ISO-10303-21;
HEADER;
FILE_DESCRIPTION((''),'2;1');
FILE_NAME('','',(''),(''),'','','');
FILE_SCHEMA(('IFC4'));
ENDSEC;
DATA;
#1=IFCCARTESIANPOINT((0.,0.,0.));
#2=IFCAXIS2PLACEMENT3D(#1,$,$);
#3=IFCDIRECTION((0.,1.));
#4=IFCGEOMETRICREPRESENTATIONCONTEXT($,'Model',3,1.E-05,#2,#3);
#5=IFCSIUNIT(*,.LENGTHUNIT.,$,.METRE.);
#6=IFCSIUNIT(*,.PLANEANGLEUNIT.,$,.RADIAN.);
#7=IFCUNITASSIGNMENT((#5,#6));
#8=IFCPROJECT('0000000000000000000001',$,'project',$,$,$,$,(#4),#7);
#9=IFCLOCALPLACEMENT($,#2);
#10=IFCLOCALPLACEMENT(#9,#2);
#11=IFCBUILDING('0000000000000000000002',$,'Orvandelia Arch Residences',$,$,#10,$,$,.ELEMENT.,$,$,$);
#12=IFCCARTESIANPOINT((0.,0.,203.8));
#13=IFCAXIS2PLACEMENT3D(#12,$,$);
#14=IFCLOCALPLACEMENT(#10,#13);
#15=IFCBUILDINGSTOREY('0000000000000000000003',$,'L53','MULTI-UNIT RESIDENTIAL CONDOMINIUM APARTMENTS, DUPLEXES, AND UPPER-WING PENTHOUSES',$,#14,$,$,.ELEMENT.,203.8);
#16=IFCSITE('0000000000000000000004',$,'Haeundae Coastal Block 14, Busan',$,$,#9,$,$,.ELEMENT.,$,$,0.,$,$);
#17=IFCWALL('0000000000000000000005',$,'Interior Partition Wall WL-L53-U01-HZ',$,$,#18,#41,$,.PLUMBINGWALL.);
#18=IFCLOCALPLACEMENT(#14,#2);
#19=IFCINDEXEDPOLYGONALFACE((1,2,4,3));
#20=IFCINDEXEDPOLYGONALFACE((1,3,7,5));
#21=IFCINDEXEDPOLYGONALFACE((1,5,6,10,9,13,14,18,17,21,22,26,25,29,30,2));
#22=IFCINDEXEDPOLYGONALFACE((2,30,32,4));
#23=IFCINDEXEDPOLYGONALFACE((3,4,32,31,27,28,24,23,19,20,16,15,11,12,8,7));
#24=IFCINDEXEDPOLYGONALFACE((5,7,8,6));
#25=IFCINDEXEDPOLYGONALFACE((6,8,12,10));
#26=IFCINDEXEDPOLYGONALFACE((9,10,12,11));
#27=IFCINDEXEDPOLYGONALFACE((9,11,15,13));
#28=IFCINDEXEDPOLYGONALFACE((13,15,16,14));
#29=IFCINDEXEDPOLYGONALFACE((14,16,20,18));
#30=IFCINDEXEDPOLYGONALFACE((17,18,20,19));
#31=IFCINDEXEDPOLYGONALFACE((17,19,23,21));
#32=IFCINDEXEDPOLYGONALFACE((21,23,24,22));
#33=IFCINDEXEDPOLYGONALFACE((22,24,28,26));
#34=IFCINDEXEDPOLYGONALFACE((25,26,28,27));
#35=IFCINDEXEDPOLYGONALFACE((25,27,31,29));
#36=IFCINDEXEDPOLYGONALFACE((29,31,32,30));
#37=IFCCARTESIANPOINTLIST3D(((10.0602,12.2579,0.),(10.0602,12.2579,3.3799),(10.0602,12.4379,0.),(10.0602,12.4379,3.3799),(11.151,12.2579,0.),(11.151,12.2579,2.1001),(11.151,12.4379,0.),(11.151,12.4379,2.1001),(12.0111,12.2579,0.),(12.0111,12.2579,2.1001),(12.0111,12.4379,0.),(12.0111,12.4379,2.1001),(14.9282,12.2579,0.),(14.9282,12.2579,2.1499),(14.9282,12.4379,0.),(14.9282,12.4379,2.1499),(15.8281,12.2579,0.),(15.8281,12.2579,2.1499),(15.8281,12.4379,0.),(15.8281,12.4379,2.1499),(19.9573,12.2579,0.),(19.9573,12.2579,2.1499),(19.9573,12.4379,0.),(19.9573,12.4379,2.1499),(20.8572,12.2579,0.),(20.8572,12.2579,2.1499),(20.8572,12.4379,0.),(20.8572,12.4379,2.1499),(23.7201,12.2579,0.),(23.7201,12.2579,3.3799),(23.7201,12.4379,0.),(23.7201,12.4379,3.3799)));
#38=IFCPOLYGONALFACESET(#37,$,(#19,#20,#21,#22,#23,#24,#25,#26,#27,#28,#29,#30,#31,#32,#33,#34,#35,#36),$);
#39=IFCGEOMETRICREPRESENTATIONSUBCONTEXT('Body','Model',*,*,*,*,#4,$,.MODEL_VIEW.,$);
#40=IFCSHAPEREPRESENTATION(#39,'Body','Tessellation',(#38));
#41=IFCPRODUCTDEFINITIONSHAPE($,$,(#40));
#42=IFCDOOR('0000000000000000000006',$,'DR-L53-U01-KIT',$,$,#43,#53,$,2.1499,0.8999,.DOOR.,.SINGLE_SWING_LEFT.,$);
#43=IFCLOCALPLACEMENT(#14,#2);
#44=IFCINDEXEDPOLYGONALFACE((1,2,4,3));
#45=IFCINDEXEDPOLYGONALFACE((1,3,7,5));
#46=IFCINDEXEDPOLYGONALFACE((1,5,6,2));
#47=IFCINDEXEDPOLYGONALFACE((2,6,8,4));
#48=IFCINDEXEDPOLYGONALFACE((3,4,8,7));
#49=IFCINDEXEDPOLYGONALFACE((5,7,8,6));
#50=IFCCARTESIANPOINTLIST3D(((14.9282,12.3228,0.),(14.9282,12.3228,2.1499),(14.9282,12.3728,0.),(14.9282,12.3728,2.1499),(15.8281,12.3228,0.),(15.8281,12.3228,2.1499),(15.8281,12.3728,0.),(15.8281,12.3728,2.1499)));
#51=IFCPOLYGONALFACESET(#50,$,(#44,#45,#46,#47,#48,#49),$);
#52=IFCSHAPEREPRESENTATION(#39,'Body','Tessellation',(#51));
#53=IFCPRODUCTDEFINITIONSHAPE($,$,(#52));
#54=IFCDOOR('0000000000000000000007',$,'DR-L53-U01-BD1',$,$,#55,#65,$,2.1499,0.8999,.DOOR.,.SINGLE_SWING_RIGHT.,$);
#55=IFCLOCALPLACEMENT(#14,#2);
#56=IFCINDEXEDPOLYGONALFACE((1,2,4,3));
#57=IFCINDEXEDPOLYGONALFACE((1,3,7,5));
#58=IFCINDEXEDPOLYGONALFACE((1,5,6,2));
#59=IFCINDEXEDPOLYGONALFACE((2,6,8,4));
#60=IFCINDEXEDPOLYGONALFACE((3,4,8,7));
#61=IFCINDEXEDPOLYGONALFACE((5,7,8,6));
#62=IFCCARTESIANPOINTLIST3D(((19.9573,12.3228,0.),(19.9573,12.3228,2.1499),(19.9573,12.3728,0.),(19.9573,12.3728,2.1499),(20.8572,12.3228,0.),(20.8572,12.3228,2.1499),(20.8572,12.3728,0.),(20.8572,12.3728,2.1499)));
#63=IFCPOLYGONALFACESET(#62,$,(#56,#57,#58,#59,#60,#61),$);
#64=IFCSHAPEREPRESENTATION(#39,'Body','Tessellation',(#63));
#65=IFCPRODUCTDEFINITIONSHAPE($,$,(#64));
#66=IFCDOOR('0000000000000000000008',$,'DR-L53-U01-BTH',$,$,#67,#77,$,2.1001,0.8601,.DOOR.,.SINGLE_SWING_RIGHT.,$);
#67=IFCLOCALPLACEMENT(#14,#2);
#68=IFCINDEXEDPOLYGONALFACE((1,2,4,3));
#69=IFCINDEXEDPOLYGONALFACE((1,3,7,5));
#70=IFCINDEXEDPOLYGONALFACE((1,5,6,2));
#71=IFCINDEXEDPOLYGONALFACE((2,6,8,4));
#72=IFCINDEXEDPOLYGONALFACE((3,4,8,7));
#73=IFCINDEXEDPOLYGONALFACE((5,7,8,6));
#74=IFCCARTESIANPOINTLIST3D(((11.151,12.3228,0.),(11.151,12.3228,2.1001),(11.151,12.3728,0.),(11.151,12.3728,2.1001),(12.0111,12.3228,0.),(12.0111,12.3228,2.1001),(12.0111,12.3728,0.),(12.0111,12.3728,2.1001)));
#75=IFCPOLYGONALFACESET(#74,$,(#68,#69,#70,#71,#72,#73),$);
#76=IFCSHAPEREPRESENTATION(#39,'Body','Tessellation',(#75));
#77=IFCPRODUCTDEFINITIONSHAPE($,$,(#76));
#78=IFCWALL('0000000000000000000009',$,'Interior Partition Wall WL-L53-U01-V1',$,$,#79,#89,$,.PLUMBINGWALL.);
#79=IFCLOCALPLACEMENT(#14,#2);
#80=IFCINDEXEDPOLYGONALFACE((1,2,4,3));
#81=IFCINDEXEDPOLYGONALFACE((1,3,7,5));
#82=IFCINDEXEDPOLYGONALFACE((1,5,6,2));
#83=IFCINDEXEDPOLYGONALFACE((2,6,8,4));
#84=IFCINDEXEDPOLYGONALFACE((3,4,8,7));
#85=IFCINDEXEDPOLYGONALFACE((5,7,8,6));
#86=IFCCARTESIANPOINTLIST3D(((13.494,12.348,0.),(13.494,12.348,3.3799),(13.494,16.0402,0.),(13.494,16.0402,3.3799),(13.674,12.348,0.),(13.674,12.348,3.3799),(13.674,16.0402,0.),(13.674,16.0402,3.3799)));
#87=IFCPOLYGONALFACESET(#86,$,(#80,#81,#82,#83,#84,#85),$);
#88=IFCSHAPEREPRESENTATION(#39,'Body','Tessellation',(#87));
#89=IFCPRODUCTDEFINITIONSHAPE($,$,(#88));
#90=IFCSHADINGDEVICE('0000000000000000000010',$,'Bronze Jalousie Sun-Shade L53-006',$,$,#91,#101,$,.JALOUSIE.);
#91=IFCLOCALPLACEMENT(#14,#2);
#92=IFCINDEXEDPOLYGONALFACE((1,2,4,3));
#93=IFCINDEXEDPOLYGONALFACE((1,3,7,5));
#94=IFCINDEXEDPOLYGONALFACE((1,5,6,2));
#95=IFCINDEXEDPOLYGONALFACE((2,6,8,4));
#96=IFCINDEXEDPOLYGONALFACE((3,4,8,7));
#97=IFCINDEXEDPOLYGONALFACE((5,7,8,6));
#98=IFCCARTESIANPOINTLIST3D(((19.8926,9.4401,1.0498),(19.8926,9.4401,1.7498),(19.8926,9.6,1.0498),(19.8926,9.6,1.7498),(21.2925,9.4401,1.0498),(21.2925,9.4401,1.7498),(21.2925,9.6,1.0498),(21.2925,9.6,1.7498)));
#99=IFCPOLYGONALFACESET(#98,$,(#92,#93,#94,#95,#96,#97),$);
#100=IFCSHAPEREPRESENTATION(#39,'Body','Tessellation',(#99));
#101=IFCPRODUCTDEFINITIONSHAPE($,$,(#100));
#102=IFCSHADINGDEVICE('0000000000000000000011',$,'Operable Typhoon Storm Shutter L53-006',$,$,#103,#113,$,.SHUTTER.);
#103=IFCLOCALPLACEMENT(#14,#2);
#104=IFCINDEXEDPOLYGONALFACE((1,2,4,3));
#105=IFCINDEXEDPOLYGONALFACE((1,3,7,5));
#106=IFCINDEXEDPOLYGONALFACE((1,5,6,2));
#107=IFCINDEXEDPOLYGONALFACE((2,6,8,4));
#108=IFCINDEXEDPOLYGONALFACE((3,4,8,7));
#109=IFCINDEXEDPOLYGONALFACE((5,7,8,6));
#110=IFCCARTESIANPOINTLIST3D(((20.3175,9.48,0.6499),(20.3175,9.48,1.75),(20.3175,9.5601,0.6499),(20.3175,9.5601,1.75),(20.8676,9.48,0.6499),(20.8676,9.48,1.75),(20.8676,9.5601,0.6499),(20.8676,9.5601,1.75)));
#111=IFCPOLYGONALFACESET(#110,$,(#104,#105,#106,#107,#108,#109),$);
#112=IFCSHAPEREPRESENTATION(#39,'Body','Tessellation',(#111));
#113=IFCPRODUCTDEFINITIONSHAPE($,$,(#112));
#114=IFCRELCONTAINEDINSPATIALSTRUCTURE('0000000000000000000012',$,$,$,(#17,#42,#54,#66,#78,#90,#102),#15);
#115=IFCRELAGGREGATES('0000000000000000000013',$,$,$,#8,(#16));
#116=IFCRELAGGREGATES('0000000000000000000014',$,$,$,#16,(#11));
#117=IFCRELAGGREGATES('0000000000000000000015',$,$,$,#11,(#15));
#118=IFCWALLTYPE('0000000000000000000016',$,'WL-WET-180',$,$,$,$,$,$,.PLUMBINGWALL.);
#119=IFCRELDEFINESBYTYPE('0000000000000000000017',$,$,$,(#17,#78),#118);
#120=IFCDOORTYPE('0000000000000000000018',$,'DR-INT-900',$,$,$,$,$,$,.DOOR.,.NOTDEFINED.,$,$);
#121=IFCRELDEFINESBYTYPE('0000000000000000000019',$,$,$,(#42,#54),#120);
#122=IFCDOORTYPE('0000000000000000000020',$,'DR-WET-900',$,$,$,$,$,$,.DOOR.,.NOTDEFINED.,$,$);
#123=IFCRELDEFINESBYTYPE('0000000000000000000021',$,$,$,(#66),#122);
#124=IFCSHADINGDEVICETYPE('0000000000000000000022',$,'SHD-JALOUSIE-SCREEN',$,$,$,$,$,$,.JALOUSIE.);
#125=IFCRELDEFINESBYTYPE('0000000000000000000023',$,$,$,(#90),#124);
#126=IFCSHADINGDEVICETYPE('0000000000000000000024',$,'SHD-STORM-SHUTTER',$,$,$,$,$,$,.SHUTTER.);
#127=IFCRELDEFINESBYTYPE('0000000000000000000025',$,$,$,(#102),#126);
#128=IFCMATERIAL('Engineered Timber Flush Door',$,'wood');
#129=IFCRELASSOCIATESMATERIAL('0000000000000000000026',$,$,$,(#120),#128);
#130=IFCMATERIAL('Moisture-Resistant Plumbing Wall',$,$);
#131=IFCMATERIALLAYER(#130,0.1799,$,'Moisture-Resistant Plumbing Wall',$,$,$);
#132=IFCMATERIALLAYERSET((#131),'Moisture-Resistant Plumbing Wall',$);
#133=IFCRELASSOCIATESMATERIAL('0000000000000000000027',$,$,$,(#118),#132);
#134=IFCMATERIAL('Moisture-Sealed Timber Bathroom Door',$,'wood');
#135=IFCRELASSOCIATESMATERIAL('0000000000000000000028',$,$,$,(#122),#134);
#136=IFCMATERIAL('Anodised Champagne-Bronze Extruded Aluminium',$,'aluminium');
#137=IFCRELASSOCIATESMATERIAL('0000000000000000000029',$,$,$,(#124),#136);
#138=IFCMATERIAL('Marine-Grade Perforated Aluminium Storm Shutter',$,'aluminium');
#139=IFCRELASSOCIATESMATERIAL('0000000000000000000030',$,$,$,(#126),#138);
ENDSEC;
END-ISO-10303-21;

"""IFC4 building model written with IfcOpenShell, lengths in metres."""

from ifc_helpers import new_model, si_unit, direction, frame, frame_2d, origin, origin_2d, place, context, subcontext, project, spatial, rectangle, extrude, material, layer, layer_set, type_object, element, fill, save


model = new_model("IFC4")

# Units and contexts
model_context = context("Model", 3, precision=1e-05, world=origin(), true_north=direction((0.0, 1.0)))
body_context = subcontext(model_context, "Body", "Model", "MODEL_VIEW")
ifc_project = project(units=[si_unit("LENGTHUNIT", "METRE"), si_unit("PLANEANGLEUNIT", "RADIAN")], contexts=[model_context])

# Site, building, storey
site_placement = place(None, origin())
site = spatial("IfcSite", under=ifc_project, at=site_placement, Name="Haeundae Coastal Block 14, Busan", CompositionType="ELEMENT", RefElevation=0.0)
building_placement = place(site_placement, origin())
building = spatial("IfcBuilding", under=site, at=building_placement, Name="Orvandelia Arch Residences", CompositionType="ELEMENT")
storey_placement = place(building_placement, frame((0.0, 0.0, 203.8)))
storey = spatial("IfcBuildingStorey", under=building, at=storey_placement, Name="L53", Description="MULTI-UNIT RESIDENTIAL CONDOMINIUM APARTMENTS, DUPLEXES, AND UPPER-WING PENTHOUSES", CompositionType="ELEMENT", Elevation=203.8)

# Shared definitions
ifc_material_1 = material(Name="Engineered Timber Flush Door", Category="wood")
door_type_1 = type_object("IfcDoorType", Name="DR-INT-900", OperationType="NOTDEFINED", PredefinedType="DOOR", material=ifc_material_1)

# Wall, openings, doors
ifc_material_2 = material(Name="Moisture-Resistant Plumbing Wall")
ifc_layer_1 = layer(ifc_material_2, 0.1799, Name="Moisture-Resistant Plumbing Wall")
ifc_layer_set_1 = layer_set([ifc_layer_1], Name="Moisture-Resistant Plumbing Wall")
wall_type_1 = type_object("IfcWallType", Name="WL-WET-180", PredefinedType="PLUMBINGWALL", material=ifc_layer_set_1)
wall_1_placement = place(storey_placement, frame((10.0601, 12.3479, 0.0), z_axis=(0.0, 0.0, 1.0), x_axis=(1.0, 0.0, 0.0)))
wall_1 = element("IfcWall", 1, at=wall_1_placement, inside=storey, type_object=wall_type_1, Name="Interior Partition Wall WL-L53-U01-HZ", PredefinedType="PLUMBINGWALL", context=body_context, shape_type="SweptSolid", body=[
    extrude(rectangle(XDim=13.6599, YDim=0.1799, at=frame_2d((6.8301, 0.0))), origin(), (0.0, 0.0, 1.0), 3.3799),
])
opening_1_placement = place(wall_1_placement, frame((1.0908, 0.0, 0.0)))
opening_1 = element("IfcOpeningElement", 2, at=opening_1_placement, cuts=wall_1, PredefinedType="OPENING", context=body_context, shape_type="SweptSolid", body=[
    extrude(rectangle(XDim=0.8601, YDim=2.1001, at=frame_2d((0.4302, 1.05))), frame((0.0, 0.1001, 0.0), z_axis=(0.0, -1.0, 0.0), x_axis=(1.0, 0.0, 0.0)), (0.0, 0.0, 1.0), 0.2),
])
opening_2_placement = place(wall_1_placement, frame((4.8682, 0.0, 0.0)))
opening_2 = element("IfcOpeningElement", 3, at=opening_2_placement, cuts=wall_1, PredefinedType="OPENING", context=body_context, shape_type="SweptSolid", body=[
    extrude(rectangle(XDim=0.8999, YDim=2.1499, at=frame_2d((0.45, 1.075))), frame((0.0, 0.1001, 0.0), z_axis=(0.0, -1.0, 0.0), x_axis=(1.0, 0.0, 0.0)), (0.0, 0.0, 1.0), 0.2),
])
opening_3_placement = place(wall_1_placement, frame((9.8972, 0.0, 0.0)))
opening_3 = element("IfcOpeningElement", 4, at=opening_3_placement, cuts=wall_1, PredefinedType="OPENING", context=body_context, shape_type="SweptSolid", body=[
    extrude(rectangle(XDim=0.8999, YDim=2.1499, at=frame_2d((0.45, 1.075))), frame((0.0, 0.1001, 0.0), z_axis=(0.0, -1.0, 0.0), x_axis=(1.0, 0.0, 0.0)), (0.0, 0.0, 1.0), 0.2),
])
door_1_placement = place(opening_2_placement, origin())
door_1 = element("IfcDoor", 5, at=door_1_placement, inside=storey, type_object=door_type_1, Name="DR-L53-U01-KIT", OperationType="SINGLE_SWING_LEFT", OverallHeight=2.1499, OverallWidth=0.8999, PredefinedType="DOOR", context=body_context, shape_type="SweptSolid", body=[
    extrude(rectangle(XDim=0.8999, YDim=2.1499, at=frame_2d((0.45, 1.075))), frame((0.0, 0.0249, 0.0), z_axis=(0.0, -1.0, 0.0), x_axis=(1.0, 0.0, 0.0)), (0.0, 0.0, 1.0), 0.05),
])
fill(opening_2, door_1)
door_2_placement = place(opening_3_placement, origin())
door_2 = element("IfcDoor", 6, at=door_2_placement, inside=storey, type_object=door_type_1, Name="DR-L53-U01-BD1", OperationType="SINGLE_SWING_RIGHT", OverallHeight=2.1499, OverallWidth=0.8999, PredefinedType="DOOR", context=body_context, shape_type="SweptSolid", body=[
    extrude(rectangle(XDim=0.8999, YDim=2.1499, at=frame_2d((0.45, 1.075))), frame((0.0, 0.0249, 0.0), z_axis=(0.0, -1.0, 0.0), x_axis=(1.0, 0.0, 0.0)), (0.0, 0.0, 1.0), 0.05),
])
fill(opening_3, door_2)
ifc_material_3 = material(Name="Moisture-Sealed Timber Bathroom Door", Category="wood")
door_type_2 = type_object("IfcDoorType", Name="DR-WET-900", OperationType="NOTDEFINED", PredefinedType="DOOR", material=ifc_material_3)
door_3_placement = place(opening_1_placement, origin())
door_3 = element("IfcDoor", 7, at=door_3_placement, inside=storey, type_object=door_type_2, Name="DR-L53-U01-BTH", OperationType="SINGLE_SWING_RIGHT", OverallHeight=2.1001, OverallWidth=0.8601, PredefinedType="DOOR", context=body_context, shape_type="SweptSolid", body=[
    extrude(rectangle(XDim=0.8601, YDim=2.1001, at=frame_2d((0.4302, 1.05))), frame((0.0, 0.0249, 0.0), z_axis=(0.0, -1.0, 0.0), x_axis=(1.0, 0.0, 0.0)), (0.0, 0.0, 1.0), 0.05),
])
fill(opening_1, door_3)

# Wall
wall_2_placement = place(storey_placement, frame((13.584, 12.3479, 0.0), z_axis=(0.0, 0.0, 1.0), x_axis=(0.0, 1.0, 0.0)))
element("IfcWall", 8, at=wall_2_placement, inside=storey, type_object=wall_type_1, Name="Interior Partition Wall WL-L53-U01-V1", PredefinedType="PLUMBINGWALL", context=body_context, shape_type="SweptSolid", body=[
    extrude(rectangle(XDim=3.6921, YDim=0.1799, at=frame_2d((1.8462, 0.0))), origin(), (0.0, 0.0, 1.0), 3.3799),
])

# Shading devices
ifc_material_4 = material(Name="Anodised Champagne-Bronze Extruded Aluminium", Category="aluminium")
shading_device_type_1 = type_object("IfcShadingDeviceType", Name="SHD-JALOUSIE-SCREEN", PredefinedType="JALOUSIE", material=ifc_material_4)
shading_device_1_placement = place(storey_placement, frame((20.5925, 9.52, 1.0498), z_axis=(0.0, 0.0, 1.0), x_axis=(-1.0, 0.0, 0.0)))
element("IfcShadingDevice", 9, at=shading_device_1_placement, inside=storey, type_object=shading_device_type_1, Name="Bronze Jalousie Sun-Shade L53-006", PredefinedType="JALOUSIE", context=body_context, shape_type="SweptSolid", body=[
    extrude(rectangle(XDim=1.3999, YDim=0.1599, at=origin_2d()), origin(), (0.0, 0.0, 1.0), 0.7),
])
ifc_material_5 = material(Name="Marine-Grade Perforated Aluminium Storm Shutter", Category="aluminium")
shading_device_type_2 = type_object("IfcShadingDeviceType", Name="SHD-STORM-SHUTTER", PredefinedType="SHUTTER", material=ifc_material_5)
shading_device_2_placement = place(storey_placement, frame((20.5925, 9.52, 0.6499), z_axis=(0.0, 0.0, 1.0), x_axis=(-1.0, 0.0, 0.0)))
element("IfcShadingDevice", 10, at=shading_device_2_placement, inside=storey, type_object=shading_device_type_2, Name="Operable Typhoon Storm Shutter L53-006", PredefinedType="SHUTTER", context=body_context, shape_type="SweptSolid", body=[
    extrude(rectangle(XDim=0.55, YDim=0.0801, at=origin_2d()), origin(), (0.0, 0.0, 1.0), 1.1001),
])

save(model, "model.ifc")
